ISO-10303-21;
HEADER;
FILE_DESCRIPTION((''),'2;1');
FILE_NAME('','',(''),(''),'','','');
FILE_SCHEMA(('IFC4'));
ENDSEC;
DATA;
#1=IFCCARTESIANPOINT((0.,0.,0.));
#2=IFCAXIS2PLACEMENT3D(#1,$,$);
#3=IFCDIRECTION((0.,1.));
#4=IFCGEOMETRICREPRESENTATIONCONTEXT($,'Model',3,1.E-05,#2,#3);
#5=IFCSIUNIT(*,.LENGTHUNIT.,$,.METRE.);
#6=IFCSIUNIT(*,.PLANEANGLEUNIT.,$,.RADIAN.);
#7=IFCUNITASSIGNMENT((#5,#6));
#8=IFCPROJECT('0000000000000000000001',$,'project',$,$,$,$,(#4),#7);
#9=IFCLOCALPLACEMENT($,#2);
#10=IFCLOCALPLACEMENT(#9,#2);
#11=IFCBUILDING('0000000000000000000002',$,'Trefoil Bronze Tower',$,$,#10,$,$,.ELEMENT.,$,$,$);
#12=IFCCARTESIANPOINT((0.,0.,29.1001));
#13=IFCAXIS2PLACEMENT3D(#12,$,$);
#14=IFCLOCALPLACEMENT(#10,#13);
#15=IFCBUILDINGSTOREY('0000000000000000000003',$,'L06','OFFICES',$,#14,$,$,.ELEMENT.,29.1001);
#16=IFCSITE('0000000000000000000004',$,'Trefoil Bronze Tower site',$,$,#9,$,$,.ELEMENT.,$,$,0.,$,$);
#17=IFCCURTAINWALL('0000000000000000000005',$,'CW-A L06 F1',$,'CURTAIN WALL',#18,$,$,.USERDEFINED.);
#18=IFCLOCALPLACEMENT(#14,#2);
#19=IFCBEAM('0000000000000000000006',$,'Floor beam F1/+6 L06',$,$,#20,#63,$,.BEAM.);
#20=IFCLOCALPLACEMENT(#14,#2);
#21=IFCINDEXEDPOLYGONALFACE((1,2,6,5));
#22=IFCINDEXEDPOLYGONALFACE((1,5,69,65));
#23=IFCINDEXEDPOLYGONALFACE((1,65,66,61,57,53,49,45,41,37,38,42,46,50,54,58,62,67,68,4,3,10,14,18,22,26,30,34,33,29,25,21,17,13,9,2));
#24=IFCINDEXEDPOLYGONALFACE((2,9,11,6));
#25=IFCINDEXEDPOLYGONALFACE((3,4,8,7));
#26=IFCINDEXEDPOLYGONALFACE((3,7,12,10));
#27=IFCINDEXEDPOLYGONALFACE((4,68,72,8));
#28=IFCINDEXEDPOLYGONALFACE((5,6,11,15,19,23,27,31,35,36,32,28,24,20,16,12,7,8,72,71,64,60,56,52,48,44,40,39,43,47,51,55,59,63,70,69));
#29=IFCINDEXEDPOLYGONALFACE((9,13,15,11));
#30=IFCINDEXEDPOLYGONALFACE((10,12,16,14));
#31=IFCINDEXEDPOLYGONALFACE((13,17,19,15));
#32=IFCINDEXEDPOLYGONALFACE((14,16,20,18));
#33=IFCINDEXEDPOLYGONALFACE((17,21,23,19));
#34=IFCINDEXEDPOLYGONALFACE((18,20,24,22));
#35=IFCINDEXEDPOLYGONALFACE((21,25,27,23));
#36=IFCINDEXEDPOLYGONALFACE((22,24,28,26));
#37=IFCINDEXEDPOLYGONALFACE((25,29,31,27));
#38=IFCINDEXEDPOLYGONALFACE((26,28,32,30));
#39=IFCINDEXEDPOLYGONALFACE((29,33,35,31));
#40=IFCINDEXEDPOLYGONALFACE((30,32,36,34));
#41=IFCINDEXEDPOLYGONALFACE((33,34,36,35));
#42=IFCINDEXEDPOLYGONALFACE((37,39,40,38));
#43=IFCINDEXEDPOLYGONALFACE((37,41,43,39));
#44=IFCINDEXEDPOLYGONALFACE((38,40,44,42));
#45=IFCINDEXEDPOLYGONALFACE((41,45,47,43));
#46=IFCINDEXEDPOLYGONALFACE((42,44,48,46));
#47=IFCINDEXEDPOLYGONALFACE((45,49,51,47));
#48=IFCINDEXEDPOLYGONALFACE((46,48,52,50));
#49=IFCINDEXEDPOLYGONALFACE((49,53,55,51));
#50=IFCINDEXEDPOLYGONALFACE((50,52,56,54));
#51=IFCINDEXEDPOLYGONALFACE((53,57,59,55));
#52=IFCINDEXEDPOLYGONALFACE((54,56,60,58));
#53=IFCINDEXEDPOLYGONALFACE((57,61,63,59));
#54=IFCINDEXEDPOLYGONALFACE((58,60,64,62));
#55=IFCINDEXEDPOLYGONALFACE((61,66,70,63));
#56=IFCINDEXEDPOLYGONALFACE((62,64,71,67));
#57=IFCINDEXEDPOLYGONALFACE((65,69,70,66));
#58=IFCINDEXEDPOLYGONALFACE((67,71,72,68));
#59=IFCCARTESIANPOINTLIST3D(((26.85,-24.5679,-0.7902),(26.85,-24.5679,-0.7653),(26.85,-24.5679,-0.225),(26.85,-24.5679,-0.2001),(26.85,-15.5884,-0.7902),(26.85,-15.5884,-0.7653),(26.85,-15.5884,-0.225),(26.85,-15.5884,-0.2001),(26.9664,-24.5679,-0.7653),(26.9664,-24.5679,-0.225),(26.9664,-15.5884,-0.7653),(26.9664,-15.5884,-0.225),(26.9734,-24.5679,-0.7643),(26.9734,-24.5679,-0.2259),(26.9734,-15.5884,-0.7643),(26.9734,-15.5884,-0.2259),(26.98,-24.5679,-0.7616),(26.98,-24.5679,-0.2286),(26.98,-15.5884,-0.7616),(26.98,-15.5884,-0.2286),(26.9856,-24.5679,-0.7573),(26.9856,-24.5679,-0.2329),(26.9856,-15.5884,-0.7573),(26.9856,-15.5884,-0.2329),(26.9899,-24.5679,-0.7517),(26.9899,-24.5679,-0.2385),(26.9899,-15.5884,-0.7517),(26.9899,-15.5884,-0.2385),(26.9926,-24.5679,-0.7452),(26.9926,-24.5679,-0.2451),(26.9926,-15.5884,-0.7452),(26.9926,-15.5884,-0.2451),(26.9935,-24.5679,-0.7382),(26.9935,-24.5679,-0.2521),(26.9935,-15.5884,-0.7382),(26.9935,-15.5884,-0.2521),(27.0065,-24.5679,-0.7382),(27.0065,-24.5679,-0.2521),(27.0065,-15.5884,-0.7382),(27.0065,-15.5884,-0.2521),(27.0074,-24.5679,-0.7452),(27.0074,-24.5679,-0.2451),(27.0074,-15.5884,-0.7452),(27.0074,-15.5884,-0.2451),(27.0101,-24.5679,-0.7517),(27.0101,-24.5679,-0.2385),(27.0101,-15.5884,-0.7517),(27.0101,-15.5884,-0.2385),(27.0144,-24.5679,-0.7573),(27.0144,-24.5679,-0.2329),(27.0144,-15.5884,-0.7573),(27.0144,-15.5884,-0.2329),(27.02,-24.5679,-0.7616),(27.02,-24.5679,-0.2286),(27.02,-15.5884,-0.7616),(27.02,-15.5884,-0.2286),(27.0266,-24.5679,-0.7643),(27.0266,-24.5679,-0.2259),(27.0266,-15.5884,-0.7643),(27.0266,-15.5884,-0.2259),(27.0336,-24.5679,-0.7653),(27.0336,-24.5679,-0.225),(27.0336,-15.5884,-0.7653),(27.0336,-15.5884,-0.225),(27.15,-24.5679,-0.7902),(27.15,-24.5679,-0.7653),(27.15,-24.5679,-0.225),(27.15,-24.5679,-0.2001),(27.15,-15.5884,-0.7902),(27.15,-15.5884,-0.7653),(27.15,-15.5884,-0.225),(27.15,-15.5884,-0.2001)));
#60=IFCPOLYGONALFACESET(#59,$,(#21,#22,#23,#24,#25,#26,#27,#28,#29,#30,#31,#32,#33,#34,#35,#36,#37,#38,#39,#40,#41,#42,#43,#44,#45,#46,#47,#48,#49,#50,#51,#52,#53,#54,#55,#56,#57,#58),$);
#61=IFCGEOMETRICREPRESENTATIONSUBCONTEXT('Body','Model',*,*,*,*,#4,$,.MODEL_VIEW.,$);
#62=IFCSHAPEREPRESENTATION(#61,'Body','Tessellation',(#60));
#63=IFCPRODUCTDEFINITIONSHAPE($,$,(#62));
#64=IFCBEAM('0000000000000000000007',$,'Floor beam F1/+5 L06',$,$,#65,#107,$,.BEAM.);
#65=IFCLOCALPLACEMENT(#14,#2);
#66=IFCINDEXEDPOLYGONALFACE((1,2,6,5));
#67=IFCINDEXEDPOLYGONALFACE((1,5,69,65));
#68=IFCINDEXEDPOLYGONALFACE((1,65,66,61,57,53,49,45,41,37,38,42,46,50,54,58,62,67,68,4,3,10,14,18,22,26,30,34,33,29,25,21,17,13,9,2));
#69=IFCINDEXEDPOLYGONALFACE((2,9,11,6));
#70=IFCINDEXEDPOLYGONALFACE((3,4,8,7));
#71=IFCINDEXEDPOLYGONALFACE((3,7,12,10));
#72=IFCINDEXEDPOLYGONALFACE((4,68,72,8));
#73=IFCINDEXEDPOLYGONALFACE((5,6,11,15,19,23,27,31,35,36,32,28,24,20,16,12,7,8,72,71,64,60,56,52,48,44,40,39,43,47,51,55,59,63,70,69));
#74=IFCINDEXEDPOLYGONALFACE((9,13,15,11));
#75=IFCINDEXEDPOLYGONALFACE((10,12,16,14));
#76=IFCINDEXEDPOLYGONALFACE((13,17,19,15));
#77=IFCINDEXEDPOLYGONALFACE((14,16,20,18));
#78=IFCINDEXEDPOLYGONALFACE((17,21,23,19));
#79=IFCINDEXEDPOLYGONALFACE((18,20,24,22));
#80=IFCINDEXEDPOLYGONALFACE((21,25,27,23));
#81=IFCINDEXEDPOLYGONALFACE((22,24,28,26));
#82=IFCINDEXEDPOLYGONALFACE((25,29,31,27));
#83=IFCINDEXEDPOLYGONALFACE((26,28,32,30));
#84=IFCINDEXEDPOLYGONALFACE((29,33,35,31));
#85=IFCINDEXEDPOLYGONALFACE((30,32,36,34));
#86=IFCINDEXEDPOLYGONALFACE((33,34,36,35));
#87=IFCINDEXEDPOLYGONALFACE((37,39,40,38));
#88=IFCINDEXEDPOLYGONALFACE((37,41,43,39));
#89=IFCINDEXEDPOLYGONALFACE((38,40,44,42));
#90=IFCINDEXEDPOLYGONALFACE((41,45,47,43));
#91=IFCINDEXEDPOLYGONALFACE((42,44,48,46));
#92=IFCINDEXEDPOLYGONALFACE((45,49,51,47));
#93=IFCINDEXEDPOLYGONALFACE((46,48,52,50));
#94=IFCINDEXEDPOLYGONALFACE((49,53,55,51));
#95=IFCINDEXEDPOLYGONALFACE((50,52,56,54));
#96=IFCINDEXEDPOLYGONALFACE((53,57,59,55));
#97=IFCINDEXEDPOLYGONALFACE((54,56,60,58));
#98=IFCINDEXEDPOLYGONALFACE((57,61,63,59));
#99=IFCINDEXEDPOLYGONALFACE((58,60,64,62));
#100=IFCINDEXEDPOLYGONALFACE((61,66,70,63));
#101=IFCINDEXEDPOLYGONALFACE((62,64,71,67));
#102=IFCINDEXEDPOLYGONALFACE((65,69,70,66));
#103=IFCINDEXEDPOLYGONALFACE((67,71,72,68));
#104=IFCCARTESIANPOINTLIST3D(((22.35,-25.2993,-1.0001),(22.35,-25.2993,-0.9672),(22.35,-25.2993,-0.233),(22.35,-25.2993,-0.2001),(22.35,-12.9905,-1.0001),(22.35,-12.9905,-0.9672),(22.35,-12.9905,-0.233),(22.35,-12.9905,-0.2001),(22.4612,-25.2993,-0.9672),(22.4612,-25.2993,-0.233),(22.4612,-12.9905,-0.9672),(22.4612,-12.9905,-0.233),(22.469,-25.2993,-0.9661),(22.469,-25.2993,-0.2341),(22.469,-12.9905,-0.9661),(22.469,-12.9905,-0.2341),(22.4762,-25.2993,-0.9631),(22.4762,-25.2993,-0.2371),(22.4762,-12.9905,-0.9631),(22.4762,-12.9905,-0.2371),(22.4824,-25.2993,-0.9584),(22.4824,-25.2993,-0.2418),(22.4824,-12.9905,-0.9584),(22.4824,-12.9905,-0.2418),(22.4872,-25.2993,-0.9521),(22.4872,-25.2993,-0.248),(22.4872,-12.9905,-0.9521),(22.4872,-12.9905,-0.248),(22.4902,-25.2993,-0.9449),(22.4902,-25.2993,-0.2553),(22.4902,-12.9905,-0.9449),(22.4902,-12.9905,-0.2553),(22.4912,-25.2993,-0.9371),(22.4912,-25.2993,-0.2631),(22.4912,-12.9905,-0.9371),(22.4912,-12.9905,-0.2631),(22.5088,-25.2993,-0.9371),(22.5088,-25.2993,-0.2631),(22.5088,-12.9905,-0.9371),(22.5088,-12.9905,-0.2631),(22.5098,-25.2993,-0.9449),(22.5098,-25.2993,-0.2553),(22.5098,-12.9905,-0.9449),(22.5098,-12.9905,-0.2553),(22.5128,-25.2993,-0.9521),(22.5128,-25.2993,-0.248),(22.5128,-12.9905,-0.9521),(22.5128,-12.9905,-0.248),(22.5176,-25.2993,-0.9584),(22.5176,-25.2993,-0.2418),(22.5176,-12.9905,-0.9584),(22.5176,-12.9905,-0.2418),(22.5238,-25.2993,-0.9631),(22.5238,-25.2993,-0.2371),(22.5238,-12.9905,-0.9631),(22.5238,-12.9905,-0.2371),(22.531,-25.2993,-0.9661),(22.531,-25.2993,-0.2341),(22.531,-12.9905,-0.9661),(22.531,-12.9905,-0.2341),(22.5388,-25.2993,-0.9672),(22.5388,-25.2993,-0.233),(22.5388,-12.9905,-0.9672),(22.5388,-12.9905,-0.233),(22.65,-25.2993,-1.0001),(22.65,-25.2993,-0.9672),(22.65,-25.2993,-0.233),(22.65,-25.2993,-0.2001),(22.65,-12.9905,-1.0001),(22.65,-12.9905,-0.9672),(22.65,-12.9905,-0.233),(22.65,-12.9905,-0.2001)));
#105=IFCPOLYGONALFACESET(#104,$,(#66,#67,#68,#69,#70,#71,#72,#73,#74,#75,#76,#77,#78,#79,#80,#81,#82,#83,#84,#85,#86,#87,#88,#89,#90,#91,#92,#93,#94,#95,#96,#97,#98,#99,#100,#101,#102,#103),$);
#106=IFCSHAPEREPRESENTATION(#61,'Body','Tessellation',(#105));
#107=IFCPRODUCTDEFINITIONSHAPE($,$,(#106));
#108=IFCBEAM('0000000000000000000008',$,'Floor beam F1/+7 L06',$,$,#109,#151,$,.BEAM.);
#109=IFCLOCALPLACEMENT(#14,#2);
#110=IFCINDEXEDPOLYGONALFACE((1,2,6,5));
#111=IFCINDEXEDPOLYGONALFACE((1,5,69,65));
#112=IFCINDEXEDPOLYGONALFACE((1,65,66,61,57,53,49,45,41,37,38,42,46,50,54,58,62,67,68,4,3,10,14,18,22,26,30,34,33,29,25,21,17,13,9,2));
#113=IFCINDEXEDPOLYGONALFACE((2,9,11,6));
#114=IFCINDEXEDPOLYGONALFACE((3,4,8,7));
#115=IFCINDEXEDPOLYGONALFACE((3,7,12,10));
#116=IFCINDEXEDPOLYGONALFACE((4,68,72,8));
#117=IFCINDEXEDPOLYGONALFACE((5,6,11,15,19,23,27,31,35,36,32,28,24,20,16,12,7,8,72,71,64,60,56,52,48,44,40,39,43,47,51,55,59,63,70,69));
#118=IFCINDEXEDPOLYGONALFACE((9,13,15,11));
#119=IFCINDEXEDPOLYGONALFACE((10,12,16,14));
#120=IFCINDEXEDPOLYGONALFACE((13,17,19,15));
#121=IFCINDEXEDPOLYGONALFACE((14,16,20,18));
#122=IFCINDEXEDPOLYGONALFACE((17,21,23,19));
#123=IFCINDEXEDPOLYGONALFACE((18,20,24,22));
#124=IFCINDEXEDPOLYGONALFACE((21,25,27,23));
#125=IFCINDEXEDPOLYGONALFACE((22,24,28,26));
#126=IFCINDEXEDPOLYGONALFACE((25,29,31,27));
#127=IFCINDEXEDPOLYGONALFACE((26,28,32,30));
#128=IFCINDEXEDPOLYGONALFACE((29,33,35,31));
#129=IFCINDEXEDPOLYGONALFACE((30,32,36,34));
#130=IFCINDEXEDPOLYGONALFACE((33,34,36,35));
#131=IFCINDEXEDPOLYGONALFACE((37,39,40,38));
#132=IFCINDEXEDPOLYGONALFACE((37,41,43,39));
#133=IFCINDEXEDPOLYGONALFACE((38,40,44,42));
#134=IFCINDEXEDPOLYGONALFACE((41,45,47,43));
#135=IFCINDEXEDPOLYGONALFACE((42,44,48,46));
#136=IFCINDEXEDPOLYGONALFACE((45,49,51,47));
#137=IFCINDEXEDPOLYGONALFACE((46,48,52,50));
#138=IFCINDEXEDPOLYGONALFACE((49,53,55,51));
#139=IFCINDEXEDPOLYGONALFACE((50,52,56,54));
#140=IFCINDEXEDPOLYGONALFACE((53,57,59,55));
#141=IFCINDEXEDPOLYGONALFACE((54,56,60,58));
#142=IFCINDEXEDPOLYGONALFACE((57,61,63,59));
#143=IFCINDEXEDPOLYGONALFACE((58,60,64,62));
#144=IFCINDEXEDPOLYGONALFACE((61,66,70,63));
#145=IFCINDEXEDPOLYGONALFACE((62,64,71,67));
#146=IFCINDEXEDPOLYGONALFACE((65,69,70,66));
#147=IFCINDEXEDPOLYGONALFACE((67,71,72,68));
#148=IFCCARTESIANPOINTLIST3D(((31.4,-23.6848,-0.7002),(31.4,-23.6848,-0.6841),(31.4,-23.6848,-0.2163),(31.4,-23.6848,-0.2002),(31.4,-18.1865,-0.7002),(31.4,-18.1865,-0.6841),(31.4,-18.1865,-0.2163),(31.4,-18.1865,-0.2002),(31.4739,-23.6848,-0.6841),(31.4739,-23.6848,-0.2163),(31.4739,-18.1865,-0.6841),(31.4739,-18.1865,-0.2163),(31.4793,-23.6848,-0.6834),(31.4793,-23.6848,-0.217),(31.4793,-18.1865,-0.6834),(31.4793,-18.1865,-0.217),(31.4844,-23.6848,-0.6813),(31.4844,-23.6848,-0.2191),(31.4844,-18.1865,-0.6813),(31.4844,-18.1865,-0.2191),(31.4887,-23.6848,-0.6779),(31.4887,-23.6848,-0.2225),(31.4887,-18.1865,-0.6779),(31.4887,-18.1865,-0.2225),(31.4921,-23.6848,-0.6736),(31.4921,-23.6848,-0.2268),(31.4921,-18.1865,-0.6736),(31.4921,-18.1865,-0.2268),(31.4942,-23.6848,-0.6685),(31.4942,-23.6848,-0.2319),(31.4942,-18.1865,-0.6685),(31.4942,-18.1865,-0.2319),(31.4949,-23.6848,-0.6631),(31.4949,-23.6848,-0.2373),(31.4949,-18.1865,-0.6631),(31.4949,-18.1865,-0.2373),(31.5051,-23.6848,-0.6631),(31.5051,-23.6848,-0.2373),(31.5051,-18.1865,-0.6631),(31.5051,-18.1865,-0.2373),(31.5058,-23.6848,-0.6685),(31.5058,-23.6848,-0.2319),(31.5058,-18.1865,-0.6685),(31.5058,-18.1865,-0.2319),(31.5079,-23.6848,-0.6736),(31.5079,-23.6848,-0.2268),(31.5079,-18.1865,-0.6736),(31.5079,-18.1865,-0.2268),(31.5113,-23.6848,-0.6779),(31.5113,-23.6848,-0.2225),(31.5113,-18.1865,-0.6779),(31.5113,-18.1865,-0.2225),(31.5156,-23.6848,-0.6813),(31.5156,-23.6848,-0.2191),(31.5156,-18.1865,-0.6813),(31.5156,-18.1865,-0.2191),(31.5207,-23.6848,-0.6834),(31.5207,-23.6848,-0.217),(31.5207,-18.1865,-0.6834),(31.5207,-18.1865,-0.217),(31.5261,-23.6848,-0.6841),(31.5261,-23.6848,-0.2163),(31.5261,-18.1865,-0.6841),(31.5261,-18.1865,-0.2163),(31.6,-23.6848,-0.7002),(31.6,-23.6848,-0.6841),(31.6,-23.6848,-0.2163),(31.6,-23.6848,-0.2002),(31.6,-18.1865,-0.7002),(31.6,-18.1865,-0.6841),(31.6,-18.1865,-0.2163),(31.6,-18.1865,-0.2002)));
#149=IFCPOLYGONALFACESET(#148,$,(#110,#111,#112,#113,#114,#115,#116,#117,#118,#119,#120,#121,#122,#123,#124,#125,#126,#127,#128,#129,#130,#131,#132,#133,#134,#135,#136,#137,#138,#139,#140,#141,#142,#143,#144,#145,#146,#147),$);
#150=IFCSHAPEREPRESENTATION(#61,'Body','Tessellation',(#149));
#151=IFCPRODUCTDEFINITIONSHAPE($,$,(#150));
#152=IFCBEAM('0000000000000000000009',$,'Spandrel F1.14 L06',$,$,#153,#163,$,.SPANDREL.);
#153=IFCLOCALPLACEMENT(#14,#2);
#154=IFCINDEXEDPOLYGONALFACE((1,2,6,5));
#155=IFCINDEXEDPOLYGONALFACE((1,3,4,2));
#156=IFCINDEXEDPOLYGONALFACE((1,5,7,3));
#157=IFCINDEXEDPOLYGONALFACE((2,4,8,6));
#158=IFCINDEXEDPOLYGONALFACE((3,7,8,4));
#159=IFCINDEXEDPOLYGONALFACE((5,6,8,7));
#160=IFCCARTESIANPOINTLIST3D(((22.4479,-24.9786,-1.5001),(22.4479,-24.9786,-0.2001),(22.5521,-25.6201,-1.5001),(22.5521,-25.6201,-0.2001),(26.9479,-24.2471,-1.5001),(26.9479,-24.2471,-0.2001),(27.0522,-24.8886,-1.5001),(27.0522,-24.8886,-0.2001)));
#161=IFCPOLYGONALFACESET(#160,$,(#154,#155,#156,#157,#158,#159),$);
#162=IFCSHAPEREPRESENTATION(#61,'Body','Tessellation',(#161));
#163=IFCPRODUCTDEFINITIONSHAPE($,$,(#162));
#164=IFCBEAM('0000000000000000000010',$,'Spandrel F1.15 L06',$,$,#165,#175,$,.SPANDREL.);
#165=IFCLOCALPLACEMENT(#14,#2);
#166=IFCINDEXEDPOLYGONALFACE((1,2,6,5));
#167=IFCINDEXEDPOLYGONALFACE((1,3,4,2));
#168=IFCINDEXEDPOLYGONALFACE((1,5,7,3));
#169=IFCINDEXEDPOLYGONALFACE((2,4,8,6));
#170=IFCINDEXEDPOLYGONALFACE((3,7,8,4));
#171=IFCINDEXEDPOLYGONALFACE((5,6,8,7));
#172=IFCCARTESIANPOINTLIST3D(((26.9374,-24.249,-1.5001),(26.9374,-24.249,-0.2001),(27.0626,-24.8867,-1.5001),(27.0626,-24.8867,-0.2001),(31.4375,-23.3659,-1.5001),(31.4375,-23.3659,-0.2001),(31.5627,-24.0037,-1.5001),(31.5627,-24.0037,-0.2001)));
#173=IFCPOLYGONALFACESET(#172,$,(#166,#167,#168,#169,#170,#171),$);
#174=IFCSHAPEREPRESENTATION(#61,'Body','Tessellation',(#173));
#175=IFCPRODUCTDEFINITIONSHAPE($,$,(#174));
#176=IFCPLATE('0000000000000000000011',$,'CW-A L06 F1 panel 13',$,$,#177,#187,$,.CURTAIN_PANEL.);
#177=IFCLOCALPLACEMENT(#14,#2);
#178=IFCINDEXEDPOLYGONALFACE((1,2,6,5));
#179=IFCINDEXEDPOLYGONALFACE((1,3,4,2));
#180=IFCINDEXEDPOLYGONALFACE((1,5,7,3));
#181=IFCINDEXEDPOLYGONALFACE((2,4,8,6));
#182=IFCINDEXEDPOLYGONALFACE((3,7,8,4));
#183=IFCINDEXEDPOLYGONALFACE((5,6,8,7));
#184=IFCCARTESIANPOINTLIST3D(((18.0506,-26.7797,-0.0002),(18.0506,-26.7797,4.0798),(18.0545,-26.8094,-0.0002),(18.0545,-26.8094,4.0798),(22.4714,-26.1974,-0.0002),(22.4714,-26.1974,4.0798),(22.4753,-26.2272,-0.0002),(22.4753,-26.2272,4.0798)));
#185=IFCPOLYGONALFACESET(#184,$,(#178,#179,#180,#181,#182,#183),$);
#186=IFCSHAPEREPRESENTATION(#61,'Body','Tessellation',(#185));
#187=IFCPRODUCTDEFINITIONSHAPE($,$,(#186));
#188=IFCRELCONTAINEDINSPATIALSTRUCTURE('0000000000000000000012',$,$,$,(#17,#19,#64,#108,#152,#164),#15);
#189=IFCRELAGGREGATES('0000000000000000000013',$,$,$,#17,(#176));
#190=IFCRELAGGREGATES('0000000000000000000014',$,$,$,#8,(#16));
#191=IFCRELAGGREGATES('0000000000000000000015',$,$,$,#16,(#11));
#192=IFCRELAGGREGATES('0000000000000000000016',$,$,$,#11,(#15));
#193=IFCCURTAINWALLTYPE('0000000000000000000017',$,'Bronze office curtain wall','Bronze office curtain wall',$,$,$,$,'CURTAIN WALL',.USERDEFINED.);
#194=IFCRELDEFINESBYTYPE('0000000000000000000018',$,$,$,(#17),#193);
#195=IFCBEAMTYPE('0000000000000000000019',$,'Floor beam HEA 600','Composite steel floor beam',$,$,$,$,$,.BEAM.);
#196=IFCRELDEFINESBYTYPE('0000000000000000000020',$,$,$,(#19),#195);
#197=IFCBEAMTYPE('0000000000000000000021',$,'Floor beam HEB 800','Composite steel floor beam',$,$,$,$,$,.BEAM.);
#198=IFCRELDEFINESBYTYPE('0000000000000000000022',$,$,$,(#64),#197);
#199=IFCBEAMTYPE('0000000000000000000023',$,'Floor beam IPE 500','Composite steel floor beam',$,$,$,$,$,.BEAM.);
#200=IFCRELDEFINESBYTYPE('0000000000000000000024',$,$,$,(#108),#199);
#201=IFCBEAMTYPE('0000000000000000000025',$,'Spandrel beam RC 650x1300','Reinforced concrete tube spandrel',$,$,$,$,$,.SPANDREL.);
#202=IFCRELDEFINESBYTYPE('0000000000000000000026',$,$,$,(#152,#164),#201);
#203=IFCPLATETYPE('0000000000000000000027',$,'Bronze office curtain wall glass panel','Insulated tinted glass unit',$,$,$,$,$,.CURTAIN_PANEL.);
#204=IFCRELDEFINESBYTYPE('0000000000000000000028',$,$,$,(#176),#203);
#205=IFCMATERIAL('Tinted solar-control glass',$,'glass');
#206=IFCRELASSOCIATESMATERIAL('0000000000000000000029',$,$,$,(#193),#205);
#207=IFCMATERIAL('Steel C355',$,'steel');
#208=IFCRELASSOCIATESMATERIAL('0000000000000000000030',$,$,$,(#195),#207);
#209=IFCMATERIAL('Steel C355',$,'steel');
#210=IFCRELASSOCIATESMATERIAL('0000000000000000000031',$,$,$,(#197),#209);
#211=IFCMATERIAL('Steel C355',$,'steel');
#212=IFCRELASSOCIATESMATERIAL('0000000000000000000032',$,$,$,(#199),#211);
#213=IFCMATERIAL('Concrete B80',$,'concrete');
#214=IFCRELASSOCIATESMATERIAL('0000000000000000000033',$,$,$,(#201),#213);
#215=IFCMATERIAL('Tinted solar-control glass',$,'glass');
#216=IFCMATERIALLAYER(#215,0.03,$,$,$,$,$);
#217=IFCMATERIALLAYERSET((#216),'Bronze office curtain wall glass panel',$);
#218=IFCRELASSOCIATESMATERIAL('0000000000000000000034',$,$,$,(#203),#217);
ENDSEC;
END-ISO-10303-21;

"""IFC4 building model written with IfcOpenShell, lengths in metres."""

from ifc_helpers import new_model, si_unit, direction, frame, origin, origin_2d, place, context, subcontext, project, spatial, rectangle, i_section, extrude, material, layer, layer_set, material_profile, profile_set, type_object, element, aggregate, save


model = new_model("IFC4")

# Units and contexts
model_context = context("Model", 3, precision=1e-05, world=origin(), true_north=direction((0.0, 1.0)))
body_context = subcontext(model_context, "Body", "Model", "MODEL_VIEW")
ifc_project = project(units=[si_unit("LENGTHUNIT", "METRE"), si_unit("PLANEANGLEUNIT", "RADIAN")], contexts=[model_context])

# Site, building, storey
site_placement = place(None, origin())
site = spatial("IfcSite", under=ifc_project, at=site_placement, Name="Trefoil Bronze Tower site", CompositionType="ELEMENT", RefElevation=0.0)
building_placement = place(site_placement, origin())
building = spatial("IfcBuilding", under=site, at=building_placement, Name="Trefoil Bronze Tower", CompositionType="ELEMENT")
storey_placement = place(building_placement, frame((0.0, 0.0, 29.1001)))
storey = spatial("IfcBuildingStorey", under=building, at=storey_placement, Name="L06", Description="OFFICES", CompositionType="ELEMENT", Elevation=29.1001)

# Curtain wall
ifc_material_1 = material(Name="Tinted solar-control glass", Category="glass")
curtain_wall_type_1 = type_object("IfcCurtainWallType", Name="Bronze office curtain wall", Description="Bronze office curtain wall", ElementType="CURTAIN WALL", PredefinedType="USERDEFINED", material=ifc_material_1)
curtain_wall_1_placement = place(storey_placement, origin())
curtain_wall_1 = element("IfcCurtainWall", 1, at=curtain_wall_1_placement, inside=storey, type_object=curtain_wall_type_1, Name="CW-A L06 F1", ObjectType="CURTAIN WALL", PredefinedType="USERDEFINED")

# Beams
ifc_material_2 = material(Name="Steel C355", Category="steel")
ifc_material_profile_1 = material_profile(ifc_material_2, i_section(OverallWidth=0.3, OverallDepth=0.5901, WebThickness=0.0129, FlangeThickness=0.0249, FilletRadius=0.0271, at=origin_2d()), Name="HEA 600")
ifc_profile_set_1 = profile_set([ifc_material_profile_1], Name="Steel C355")
beam_type_1 = type_object("IfcBeamType", Name="Floor beam HEA 600", Description="Composite steel floor beam", PredefinedType="BEAM", material=ifc_profile_set_1)
beam_1_placement = place(storey_placement, frame((27.0, -24.5679, -0.4951), z_axis=(0.0, 1.0, 0.0), x_axis=(-1.0, 0.0, 0.0)))
element("IfcBeam", 2, at=beam_1_placement, inside=storey, type_object=beam_type_1, Name="Floor beam F1/+6 L06", PredefinedType="BEAM", context=body_context, shape_type="SweptSolid", body=[
    extrude(i_section(OverallWidth=0.3, OverallDepth=0.5901, WebThickness=0.0129, FlangeThickness=0.0249, FilletRadius=0.0271, at=origin_2d()), origin(), (0.0, 0.0, 1.0), 8.9795),
])
ifc_material_3 = material(Name="Steel C355", Category="steel")
ifc_material_profile_2 = material_profile(ifc_material_3, i_section(OverallWidth=0.3, OverallDepth=0.8, WebThickness=0.0176, FlangeThickness=0.033, FilletRadius=0.03, at=origin_2d()), Name="HEB 800")
ifc_profile_set_2 = profile_set([ifc_material_profile_2], Name="Steel C355")
beam_type_2 = type_object("IfcBeamType", Name="Floor beam HEB 800", Description="Composite steel floor beam", PredefinedType="BEAM", material=ifc_profile_set_2)
beam_2_placement = place(storey_placement, frame((22.5, -25.2993, -0.6001), z_axis=(0.0, 1.0, 0.0), x_axis=(-1.0, 0.0, 0.0)))
element("IfcBeam", 3, at=beam_2_placement, inside=storey, type_object=beam_type_2, Name="Floor beam F1/+5 L06", PredefinedType="BEAM", context=body_context, shape_type="SweptSolid", body=[
    extrude(i_section(OverallWidth=0.3, OverallDepth=0.8, WebThickness=0.0176, FlangeThickness=0.033, FilletRadius=0.03, at=origin_2d()), origin(), (0.0, 0.0, 1.0), 12.3088),
])
ifc_material_4 = material(Name="Steel C355", Category="steel")
ifc_material_profile_3 = material_profile(ifc_material_4, i_section(OverallWidth=0.2, OverallDepth=0.5, WebThickness=0.0103, FlangeThickness=0.0161, FilletRadius=0.021, at=origin_2d()), Name="IPE 500")
ifc_profile_set_3 = profile_set([ifc_material_profile_3], Name="Steel C355")
beam_type_3 = type_object("IfcBeamType", Name="Floor beam IPE 500", Description="Composite steel floor beam", PredefinedType="BEAM", material=ifc_profile_set_3)
beam_3_placement = place(storey_placement, frame((31.5, -23.6848, -0.4502), z_axis=(0.0, 1.0, 0.0), x_axis=(-1.0, 0.0, 0.0)))
element("IfcBeam", 4, at=beam_3_placement, inside=storey, type_object=beam_type_3, Name="Floor beam F1/+7 L06", PredefinedType="BEAM", context=body_context, shape_type="SweptSolid", body=[
    extrude(i_section(OverallWidth=0.2, OverallDepth=0.5, WebThickness=0.0103, FlangeThickness=0.0161, FilletRadius=0.021, at=origin_2d()), origin(), (0.0, 0.0, 1.0), 5.4983),
])
ifc_material_5 = material(Name="Concrete B80", Category="concrete")
ifc_material_profile_4 = material_profile(ifc_material_5, rectangle(XDim=0.6499, YDim=1.3, at=origin_2d()), Name="RC 650x1300")
ifc_profile_set_4 = profile_set([ifc_material_profile_4], Name="Concrete B80")
beam_type_4 = type_object("IfcBeamType", Name="Spandrel beam RC 650x1300", Description="Reinforced concrete tube spandrel", PredefinedType="SPANDREL", material=ifc_profile_set_4)
beam_4_placement = place(storey_placement, frame((22.5, -25.2993, -0.8501), z_axis=(0.987046, 0.160438, 0.0), x_axis=(-0.160438, 0.987046, 0.0)))
element("IfcBeam", 5, at=beam_4_placement, inside=storey, type_object=beam_type_4, Name="Spandrel F1.14 L06", PredefinedType="SPANDREL", context=body_context, shape_type="SweptSolid", body=[
    extrude(rectangle(XDim=0.6499, YDim=1.3, at=origin_2d()), origin(), (0.0, 0.0, 1.0), 4.5591),
])
beam_5_placement = place(storey_placement, frame((27.0, -24.5679, -0.8501), z_axis=(0.981285, 0.192562, 0.0), x_axis=(-0.192562, 0.981285, 0.0)))
element("IfcBeam", 6, at=beam_5_placement, inside=storey, type_object=beam_type_4, Name="Spandrel F1.15 L06", PredefinedType="SPANDREL", context=body_context, shape_type="SweptSolid", body=[
    extrude(rectangle(XDim=0.6499, YDim=1.3, at=origin_2d()), origin(), (0.0, 0.0, 1.0), 4.5859),
])

# Plate
ifc_material_6 = material(Name="Tinted solar-control glass", Category="glass")
ifc_layer_1 = layer(ifc_material_6, 0.03)
ifc_layer_set_1 = layer_set([ifc_layer_1], Name="Bronze office curtain wall glass panel")
plate_type_1 = type_object("IfcPlateType", Name="Bronze office curtain wall glass panel", Description="Insulated tinted glass unit", PredefinedType="CURTAIN_PANEL", material=ifc_layer_set_1)
plate_1_placement = place(storey_placement, frame((20.2629, -26.5034, -0.0002), z_axis=(0.0, 0.0, 1.0), x_axis=(0.991437, 0.130584, 0.0)))
plate_1 = element("IfcPlate", 7, at=plate_1_placement, type_object=plate_type_1, Name="CW-A L06 F1 panel 13", PredefinedType="CURTAIN_PANEL", context=body_context, shape_type="SweptSolid", body=[
    extrude(rectangle(XDim=4.459, YDim=0.03, at=origin_2d()), origin(), (0.0, 0.0, 1.0), 4.0801),
])
aggregate(curtain_wall_1, [plate_1])

save(model, "model.ifc")
